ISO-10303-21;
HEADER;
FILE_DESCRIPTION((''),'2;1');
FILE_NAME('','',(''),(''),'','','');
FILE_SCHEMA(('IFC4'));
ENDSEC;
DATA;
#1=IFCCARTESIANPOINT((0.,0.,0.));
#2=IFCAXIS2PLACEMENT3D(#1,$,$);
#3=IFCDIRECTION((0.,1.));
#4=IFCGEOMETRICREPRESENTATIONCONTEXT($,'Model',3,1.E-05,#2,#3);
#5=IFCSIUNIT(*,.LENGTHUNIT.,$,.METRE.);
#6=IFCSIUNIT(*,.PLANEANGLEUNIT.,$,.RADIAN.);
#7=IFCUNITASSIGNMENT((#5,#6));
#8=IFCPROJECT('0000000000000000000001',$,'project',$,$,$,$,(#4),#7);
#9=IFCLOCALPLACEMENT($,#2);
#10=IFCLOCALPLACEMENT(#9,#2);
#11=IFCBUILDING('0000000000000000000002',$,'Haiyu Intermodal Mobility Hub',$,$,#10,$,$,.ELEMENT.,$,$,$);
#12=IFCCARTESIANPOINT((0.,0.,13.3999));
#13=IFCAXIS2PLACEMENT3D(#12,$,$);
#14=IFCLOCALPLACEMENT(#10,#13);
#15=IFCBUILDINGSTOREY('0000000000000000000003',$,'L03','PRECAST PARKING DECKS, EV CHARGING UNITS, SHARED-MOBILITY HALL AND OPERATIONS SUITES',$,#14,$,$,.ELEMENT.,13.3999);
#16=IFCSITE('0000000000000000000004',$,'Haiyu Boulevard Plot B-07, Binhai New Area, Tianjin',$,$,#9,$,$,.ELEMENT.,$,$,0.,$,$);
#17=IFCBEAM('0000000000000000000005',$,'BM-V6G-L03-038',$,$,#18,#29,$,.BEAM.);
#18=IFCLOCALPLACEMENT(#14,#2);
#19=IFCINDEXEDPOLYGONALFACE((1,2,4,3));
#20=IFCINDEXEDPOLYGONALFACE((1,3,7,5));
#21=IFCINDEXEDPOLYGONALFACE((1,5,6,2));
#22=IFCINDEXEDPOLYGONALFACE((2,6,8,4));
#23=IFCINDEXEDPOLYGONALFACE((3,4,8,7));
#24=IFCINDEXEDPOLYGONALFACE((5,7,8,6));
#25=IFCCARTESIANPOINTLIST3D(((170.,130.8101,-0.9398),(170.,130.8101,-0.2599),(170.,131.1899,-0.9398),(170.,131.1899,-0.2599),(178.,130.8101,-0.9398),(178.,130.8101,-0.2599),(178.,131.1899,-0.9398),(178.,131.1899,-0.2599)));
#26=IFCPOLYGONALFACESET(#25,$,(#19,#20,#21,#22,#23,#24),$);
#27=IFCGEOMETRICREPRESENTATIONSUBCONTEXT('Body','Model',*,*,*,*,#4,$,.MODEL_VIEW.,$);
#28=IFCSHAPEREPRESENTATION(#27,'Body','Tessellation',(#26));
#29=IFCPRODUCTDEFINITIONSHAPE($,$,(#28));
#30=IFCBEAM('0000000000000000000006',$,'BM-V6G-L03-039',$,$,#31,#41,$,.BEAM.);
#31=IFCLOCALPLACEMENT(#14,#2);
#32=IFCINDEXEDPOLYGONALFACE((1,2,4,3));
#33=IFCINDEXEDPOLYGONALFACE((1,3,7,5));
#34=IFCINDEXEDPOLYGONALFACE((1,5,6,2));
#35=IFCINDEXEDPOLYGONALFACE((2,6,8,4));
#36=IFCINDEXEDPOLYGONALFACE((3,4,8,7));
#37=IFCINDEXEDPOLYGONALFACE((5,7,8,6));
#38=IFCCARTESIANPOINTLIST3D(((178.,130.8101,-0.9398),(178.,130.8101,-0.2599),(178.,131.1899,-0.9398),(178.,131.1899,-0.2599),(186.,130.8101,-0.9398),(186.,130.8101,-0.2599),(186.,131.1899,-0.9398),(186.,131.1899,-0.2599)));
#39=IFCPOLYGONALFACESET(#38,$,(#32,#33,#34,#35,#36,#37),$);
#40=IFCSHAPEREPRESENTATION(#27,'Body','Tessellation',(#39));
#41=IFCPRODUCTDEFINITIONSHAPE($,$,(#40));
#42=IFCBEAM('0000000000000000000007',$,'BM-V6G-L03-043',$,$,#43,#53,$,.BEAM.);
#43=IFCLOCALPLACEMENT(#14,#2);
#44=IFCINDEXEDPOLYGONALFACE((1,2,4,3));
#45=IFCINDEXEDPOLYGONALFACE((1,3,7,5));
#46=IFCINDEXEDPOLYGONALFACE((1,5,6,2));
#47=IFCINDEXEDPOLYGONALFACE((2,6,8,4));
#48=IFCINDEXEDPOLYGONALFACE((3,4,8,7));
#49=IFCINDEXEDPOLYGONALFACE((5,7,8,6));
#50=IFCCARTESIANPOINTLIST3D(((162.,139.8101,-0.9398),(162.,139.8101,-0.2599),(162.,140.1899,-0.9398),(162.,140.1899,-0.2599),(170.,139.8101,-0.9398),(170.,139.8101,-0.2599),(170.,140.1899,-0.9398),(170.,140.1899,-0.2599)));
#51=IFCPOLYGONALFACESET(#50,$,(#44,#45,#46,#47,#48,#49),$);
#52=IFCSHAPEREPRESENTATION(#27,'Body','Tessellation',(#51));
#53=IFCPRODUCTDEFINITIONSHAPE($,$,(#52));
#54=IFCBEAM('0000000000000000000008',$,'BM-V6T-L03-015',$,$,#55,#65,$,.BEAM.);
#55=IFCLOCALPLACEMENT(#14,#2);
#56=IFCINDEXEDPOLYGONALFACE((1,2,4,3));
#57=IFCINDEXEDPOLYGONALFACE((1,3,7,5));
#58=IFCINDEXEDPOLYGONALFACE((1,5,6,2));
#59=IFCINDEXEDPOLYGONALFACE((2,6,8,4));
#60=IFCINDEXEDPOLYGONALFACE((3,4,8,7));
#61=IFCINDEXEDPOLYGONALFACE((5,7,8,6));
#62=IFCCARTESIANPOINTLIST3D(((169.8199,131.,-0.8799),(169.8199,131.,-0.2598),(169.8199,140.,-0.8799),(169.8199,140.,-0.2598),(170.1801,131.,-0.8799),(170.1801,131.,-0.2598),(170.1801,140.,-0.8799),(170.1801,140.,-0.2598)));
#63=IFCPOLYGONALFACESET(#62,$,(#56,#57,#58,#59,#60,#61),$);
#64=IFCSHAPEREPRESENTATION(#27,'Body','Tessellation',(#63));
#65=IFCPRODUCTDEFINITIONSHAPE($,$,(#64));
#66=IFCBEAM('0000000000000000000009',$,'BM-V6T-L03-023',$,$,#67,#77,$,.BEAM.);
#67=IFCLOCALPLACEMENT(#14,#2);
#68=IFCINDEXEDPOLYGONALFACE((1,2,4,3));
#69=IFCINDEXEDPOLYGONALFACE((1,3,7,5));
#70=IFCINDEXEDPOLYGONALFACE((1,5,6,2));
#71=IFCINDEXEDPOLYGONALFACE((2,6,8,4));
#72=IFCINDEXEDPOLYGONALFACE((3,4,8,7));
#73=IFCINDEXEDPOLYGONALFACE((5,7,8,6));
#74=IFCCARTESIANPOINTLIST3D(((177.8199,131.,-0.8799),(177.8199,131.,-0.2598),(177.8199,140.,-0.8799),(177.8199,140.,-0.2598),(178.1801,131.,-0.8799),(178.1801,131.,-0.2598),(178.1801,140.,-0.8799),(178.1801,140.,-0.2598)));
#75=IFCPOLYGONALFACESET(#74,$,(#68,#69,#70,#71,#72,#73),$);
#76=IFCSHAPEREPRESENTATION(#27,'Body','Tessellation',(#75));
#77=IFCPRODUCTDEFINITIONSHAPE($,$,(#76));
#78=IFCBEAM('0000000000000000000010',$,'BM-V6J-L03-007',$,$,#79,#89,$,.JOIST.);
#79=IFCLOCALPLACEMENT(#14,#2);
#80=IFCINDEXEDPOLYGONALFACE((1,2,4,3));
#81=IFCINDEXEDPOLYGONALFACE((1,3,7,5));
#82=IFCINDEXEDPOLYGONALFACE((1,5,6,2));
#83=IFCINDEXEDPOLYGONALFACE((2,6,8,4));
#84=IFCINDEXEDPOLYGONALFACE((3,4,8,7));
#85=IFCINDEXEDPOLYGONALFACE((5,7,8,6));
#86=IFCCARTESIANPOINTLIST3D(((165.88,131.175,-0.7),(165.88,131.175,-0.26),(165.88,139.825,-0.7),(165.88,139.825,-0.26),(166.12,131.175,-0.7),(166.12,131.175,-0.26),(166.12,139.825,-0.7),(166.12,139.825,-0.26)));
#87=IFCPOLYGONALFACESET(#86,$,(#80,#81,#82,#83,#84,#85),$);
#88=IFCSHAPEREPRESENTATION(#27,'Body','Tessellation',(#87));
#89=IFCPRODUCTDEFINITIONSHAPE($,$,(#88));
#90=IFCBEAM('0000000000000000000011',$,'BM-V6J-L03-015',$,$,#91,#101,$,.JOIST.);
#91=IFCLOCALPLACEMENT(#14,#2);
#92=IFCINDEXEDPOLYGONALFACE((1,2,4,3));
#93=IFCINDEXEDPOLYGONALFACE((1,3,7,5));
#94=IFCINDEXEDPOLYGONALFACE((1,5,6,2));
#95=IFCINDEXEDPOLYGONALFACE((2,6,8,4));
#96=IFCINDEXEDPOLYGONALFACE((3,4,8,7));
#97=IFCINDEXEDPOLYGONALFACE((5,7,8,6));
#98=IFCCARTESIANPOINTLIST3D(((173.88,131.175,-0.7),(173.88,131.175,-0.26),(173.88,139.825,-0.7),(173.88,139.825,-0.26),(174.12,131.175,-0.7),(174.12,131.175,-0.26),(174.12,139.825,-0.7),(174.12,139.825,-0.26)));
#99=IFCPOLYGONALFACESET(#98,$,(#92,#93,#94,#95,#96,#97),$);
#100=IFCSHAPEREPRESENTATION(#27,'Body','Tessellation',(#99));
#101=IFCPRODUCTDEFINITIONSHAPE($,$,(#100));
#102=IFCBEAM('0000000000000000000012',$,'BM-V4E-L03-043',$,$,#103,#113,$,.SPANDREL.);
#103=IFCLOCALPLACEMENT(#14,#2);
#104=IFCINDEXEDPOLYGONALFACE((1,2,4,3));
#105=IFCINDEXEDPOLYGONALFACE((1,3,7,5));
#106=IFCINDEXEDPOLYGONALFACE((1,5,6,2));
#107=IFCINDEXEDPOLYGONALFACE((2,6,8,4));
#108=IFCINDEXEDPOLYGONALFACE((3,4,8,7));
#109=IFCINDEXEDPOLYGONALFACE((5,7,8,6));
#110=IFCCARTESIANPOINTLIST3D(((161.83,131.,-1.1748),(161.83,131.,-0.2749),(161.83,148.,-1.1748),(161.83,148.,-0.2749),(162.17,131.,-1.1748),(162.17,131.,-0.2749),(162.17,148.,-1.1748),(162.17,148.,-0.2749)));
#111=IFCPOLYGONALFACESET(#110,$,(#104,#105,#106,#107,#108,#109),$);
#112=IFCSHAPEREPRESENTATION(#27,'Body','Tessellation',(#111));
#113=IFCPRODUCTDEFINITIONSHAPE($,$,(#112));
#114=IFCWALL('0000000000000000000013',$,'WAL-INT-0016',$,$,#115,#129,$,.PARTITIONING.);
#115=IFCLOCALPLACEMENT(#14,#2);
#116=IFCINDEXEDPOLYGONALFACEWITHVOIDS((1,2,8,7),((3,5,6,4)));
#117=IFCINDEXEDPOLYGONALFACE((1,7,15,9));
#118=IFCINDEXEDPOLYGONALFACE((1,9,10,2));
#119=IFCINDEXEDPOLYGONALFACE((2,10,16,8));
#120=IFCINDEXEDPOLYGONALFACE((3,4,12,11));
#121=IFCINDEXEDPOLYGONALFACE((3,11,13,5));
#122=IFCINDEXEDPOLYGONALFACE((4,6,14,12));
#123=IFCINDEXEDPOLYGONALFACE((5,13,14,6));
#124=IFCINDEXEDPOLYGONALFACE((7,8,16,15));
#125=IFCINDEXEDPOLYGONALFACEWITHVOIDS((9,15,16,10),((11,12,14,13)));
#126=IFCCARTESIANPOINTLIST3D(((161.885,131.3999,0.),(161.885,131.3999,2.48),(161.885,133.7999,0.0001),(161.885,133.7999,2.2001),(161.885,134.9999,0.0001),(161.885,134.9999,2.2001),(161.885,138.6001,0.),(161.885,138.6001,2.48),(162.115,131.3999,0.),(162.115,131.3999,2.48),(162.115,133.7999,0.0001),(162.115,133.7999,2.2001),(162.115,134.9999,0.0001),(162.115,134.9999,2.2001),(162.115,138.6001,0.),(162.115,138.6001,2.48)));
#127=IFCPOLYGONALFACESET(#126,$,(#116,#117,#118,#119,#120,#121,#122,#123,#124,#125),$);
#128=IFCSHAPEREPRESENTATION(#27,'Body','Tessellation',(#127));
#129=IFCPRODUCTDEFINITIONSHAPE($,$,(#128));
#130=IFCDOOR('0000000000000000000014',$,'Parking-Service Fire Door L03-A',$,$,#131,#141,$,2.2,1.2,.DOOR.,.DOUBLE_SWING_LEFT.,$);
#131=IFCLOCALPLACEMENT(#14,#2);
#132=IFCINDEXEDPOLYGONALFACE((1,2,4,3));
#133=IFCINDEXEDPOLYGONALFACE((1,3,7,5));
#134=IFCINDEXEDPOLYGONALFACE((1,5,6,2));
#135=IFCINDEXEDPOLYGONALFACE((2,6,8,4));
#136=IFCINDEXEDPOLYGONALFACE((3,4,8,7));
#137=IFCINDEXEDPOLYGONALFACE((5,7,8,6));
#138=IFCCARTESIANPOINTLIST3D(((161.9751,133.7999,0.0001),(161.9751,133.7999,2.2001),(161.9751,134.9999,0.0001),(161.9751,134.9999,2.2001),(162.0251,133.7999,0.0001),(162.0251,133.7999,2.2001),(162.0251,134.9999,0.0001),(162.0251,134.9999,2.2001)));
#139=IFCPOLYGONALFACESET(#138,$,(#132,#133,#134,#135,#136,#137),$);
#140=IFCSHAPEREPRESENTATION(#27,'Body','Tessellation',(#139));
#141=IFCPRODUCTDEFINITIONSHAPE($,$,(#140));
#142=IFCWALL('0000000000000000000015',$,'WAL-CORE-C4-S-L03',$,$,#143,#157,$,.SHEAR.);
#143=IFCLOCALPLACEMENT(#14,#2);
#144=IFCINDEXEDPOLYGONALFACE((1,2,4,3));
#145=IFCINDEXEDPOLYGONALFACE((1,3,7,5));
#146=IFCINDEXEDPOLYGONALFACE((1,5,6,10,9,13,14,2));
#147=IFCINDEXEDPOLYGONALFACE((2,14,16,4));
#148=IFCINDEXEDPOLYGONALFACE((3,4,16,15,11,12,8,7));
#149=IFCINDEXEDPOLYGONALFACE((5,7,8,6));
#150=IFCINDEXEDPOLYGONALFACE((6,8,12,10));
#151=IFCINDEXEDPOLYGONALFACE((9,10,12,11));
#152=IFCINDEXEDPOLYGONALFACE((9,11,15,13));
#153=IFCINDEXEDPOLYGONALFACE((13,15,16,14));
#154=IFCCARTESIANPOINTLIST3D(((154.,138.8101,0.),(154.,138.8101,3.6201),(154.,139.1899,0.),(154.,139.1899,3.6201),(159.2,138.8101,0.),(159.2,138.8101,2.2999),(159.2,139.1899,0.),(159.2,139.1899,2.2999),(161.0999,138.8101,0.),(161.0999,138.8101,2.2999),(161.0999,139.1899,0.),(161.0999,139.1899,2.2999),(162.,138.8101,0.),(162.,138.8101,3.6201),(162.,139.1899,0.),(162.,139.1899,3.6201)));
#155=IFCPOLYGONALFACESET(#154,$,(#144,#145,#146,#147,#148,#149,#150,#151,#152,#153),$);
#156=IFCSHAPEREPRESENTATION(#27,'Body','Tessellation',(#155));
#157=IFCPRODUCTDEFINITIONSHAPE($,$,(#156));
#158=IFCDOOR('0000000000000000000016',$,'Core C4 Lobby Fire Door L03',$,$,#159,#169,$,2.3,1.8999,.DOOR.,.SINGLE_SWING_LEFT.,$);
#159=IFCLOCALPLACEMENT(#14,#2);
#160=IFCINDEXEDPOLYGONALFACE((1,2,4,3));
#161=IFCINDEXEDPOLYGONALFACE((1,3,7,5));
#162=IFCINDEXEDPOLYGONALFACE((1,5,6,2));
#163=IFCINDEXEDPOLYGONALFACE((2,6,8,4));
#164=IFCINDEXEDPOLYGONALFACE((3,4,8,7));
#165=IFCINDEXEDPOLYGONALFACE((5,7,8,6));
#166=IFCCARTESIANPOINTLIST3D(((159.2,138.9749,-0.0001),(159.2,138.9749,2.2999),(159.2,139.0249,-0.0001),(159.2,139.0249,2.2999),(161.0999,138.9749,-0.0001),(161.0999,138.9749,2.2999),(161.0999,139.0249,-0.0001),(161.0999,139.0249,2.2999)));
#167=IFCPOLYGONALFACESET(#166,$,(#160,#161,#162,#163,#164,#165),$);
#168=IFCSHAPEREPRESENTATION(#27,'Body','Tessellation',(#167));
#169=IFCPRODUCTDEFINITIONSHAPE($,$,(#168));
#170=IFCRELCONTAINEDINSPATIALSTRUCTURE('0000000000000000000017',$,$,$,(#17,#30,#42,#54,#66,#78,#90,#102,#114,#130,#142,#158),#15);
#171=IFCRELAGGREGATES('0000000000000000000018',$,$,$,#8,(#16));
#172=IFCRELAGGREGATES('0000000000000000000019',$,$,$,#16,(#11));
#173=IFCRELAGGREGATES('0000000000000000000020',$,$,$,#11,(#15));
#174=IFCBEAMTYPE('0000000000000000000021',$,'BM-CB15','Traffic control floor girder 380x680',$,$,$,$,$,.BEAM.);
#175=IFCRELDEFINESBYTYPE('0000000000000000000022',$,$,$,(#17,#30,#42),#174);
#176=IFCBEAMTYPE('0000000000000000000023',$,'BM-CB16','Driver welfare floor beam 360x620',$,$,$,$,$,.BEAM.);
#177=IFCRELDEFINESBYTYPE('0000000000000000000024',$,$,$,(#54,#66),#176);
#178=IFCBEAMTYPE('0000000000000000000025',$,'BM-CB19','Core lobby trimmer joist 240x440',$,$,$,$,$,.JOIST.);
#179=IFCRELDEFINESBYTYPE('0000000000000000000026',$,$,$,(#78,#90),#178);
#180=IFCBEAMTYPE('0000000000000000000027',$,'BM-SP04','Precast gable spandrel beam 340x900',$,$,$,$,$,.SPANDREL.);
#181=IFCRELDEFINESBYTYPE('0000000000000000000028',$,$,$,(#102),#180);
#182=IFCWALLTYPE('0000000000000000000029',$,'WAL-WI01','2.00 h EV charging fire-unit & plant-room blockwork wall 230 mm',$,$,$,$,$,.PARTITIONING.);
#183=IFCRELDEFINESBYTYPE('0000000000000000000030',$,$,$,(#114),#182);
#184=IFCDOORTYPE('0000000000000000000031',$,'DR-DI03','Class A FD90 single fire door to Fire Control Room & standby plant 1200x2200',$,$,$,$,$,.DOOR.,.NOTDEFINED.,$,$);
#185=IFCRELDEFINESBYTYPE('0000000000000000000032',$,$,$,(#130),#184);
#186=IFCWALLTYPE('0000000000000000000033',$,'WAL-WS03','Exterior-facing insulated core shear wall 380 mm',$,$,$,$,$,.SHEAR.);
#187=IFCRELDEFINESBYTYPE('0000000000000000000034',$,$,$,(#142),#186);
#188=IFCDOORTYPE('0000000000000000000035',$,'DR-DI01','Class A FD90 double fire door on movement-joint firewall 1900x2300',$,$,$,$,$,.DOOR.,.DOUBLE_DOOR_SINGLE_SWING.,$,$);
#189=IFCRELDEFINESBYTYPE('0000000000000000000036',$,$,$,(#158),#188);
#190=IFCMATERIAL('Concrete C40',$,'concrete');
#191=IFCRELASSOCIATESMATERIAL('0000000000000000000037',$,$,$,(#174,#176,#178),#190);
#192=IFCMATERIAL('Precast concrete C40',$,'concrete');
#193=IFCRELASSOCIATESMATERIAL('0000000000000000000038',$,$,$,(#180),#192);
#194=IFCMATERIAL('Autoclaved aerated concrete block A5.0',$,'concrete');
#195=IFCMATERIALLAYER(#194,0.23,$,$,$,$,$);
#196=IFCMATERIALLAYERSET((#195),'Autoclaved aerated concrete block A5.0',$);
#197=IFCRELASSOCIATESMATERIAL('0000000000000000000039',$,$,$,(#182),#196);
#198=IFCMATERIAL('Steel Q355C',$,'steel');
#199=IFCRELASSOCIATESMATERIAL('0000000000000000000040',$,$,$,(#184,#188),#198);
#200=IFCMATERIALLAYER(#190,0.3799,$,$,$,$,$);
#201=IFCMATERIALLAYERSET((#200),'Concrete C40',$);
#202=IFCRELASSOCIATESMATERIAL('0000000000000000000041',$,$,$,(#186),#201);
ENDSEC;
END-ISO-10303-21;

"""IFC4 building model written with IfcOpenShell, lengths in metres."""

from ifc_helpers import new_model, si_unit, direction, frame, frame_2d, origin, origin_2d, place, context, subcontext, project, spatial, rectangle, extrude, material, layer, layer_set, material_profile, profile_set, type_object, element, fill, save


model = new_model("IFC4")

# Units and contexts
model_context = context("Model", 3, precision=1e-05, world=origin(), true_north=direction((0.0, 1.0)))
body_context = subcontext(model_context, "Body", "Model", "MODEL_VIEW")
ifc_project = project(units=[si_unit("LENGTHUNIT", "METRE"), si_unit("PLANEANGLEUNIT", "RADIAN")], contexts=[model_context])

# Site, building, storey
site_placement = place(None, origin())
site = spatial("IfcSite", under=ifc_project, at=site_placement, Name="Haiyu Boulevard Plot B-07, Binhai New Area, Tianjin", CompositionType="ELEMENT", RefElevation=0.0)
building_placement = place(site_placement, origin())
building = spatial("IfcBuilding", under=site, at=building_placement, Name="Haiyu Intermodal Mobility Hub", CompositionType="ELEMENT")
storey_placement = place(building_placement, frame((0.0, 0.0, 13.3999)))
storey = spatial("IfcBuildingStorey", under=building, at=storey_placement, Name="L03", Description="PRECAST PARKING DECKS, EV CHARGING UNITS, SHARED-MOBILITY HALL AND OPERATIONS SUITES", CompositionType="ELEMENT", Elevation=13.3999)

# Shared definitions
ifc_material_1 = material(Name="Precast concrete C40", Category="concrete")
ifc_material_2 = material(Name="Concrete C40", Category="concrete")
ifc_material_3 = material(Name="Steel Q355C", Category="steel")

# Beams
ifc_material_profile_1 = material_profile(ifc_material_2, rectangle(XDim=0.3799, YDim=0.6799, at=origin_2d()), Name="B380x680")
ifc_profile_set_1 = profile_set([ifc_material_profile_1], Name="Concrete C40")
beam_type_1 = type_object("IfcBeamType", Name="BM-CB15", Description="Traffic control floor girder 380x680", PredefinedType="BEAM", material=ifc_profile_set_1)
for number, where, z_axis, x_axis, name in (
    (1, (170.0, 131.0, -0.5999), (1.0, 0.0, 0.0), (0.0, 1.0, 0.0), "BM-V6G-L03-038"),
    (2, (178.0, 131.0, -0.5999), (1.0, 0.0, 0.0), (0.0, 1.0, 0.0), "BM-V6G-L03-039"),
    (3, (162.0, 140.0, -0.5999), (1.0, 0.0, 0.0), (0.0, 1.0, 0.0), "BM-V6G-L03-043"),
):
    element("IfcBeam", number, at=place(storey_placement, frame(where, z_axis=z_axis, x_axis=x_axis)), inside=storey, type_object=beam_type_1, Name=name, PredefinedType="BEAM", context=body_context, shape_type="SweptSolid", body=[
        extrude(rectangle(XDim=0.3799, YDim=0.6799, at=origin_2d()), origin(), (0.0, 0.0, 1.0), 8.0),
    ])
ifc_material_profile_2 = material_profile(ifc_material_2, rectangle(XDim=0.3601, YDim=0.6201, at=origin_2d()), Name="B360x620")
ifc_profile_set_2 = profile_set([ifc_material_profile_2], Name="Concrete C40")
beam_type_2 = type_object("IfcBeamType", Name="BM-CB16", Description="Driver welfare floor beam 360x620", PredefinedType="BEAM", material=ifc_profile_set_2)
for number, where, z_axis, x_axis, name in (
    (4, (170.0, 131.0, -0.5698), (0.0, 1.0, 0.0), (-1.0, 0.0, 0.0), "BM-V6T-L03-015"),
    (5, (178.0, 131.0, -0.5698), (0.0, 1.0, 0.0), (-1.0, 0.0, 0.0), "BM-V6T-L03-023"),
):
    element("IfcBeam", number, at=place(storey_placement, frame(where, z_axis=z_axis, x_axis=x_axis)), inside=storey, type_object=beam_type_2, Name=name, PredefinedType="BEAM", context=body_context, shape_type="SweptSolid", body=[
        extrude(rectangle(XDim=0.3601, YDim=0.6201, at=origin_2d()), origin(), (0.0, 0.0, 1.0), 9.0),
    ])
ifc_material_profile_3 = material_profile(ifc_material_2, rectangle(XDim=0.24, YDim=0.4399, at=origin_2d()), Name="B240x440")
ifc_profile_set_3 = profile_set([ifc_material_profile_3], Name="Concrete C40")
beam_type_3 = type_object("IfcBeamType", Name="BM-CB19", Description="Core lobby trimmer joist 240x440", PredefinedType="JOIST", material=ifc_profile_set_3)
for number, where, z_axis, x_axis, name in (
    (6, (166.0, 131.175, -0.48), (0.0, 1.0, 0.0), (-1.0, 0.0, 0.0), "BM-V6J-L03-007"),
    (7, (174.0, 131.175, -0.48), (0.0, 1.0, 0.0), (-1.0, 0.0, 0.0), "BM-V6J-L03-015"),
):
    element("IfcBeam", number, at=place(storey_placement, frame(where, z_axis=z_axis, x_axis=x_axis)), inside=storey, type_object=beam_type_3, Name=name, PredefinedType="JOIST", context=body_context, shape_type="SweptSolid", body=[
        extrude(rectangle(XDim=0.24, YDim=0.4399, at=origin_2d()), origin(), (0.0, 0.0, 1.0), 8.6499),
    ])
ifc_material_profile_4 = material_profile(ifc_material_1, rectangle(XDim=0.3401, YDim=0.8999, at=origin_2d()), Name="B340x900")
ifc_profile_set_4 = profile_set([ifc_material_profile_4], Name="Precast concrete C40")
beam_type_4 = type_object("IfcBeamType", Name="BM-SP04", Description="Precast gable spandrel beam 340x900", PredefinedType="SPANDREL", material=ifc_profile_set_4)
beam_placement = place(storey_placement, frame((162.0, 131.0, -0.7249), z_axis=(0.0, 1.0, 0.0), x_axis=(-1.0, 0.0, 0.0)))
element("IfcBeam", 8, at=beam_placement, inside=storey, type_object=beam_type_4, Name="BM-V4E-L03-043", PredefinedType="SPANDREL", context=body_context, shape_type="SweptSolid", body=[
    extrude(rectangle(XDim=0.3401, YDim=0.8999, at=origin_2d()), origin(), (0.0, 0.0, 1.0), 17.0),
])

# Walls, openings, doors
ifc_material_4 = material(Name="Autoclaved aerated concrete block A5.0", Category="concrete")
ifc_layer_1 = layer(ifc_material_4, 0.23)
ifc_layer_set_1 = layer_set([ifc_layer_1], Name="Autoclaved aerated concrete block A5.0")
wall_type_1 = type_object("IfcWallType", Name="WAL-WI01", Description="2.00 h EV charging fire-unit & plant-room blockwork wall 230 mm", PredefinedType="PARTITIONING", material=ifc_layer_set_1)
wall_1_placement = place(storey_placement, frame((162.0, 131.3999, 0.0), z_axis=(0.0, 0.0, 1.0), x_axis=(0.0, 1.0, 0.0)))
wall_1 = element("IfcWall", 9, at=wall_1_placement, inside=storey, type_object=wall_type_1, Name="WAL-INT-0016", PredefinedType="PARTITIONING", context=body_context, shape_type="SweptSolid", body=[
    extrude(rectangle(XDim=7.2002, YDim=0.23, at=frame_2d((3.6001, 0.0))), origin(), (0.0, 0.0, 1.0), 2.48),
])
opening_1_placement = place(wall_1_placement, frame((2.3999, 0.0, 0.0)))
opening_1 = element("IfcOpeningElement", 10, at=opening_1_placement, cuts=wall_1, PredefinedType="OPENING", context=body_context, shape_type="SweptSolid", body=[
    extrude(rectangle(XDim=1.2, YDim=2.2, at=frame_2d((0.6001, 1.1001))), frame((0.0, 0.125, 0.0), z_axis=(0.0, -1.0, 0.0), x_axis=(1.0, 0.0, 0.0)), (0.0, 0.0, 1.0), 0.25),
])
door_type_1 = type_object("IfcDoorType", Name="DR-DI03", Description="Class A FD90 single fire door to Fire Control Room & standby plant 1200x2200", OperationType="NOTDEFINED", PredefinedType="DOOR", material=ifc_material_3)
door_1_placement = place(opening_1_placement, origin())
door_1 = element("IfcDoor", 11, at=door_1_placement, inside=storey, type_object=door_type_1, Name="Parking-Service Fire Door L03-A", OperationType="DOUBLE_SWING_LEFT", OverallHeight=2.2, OverallWidth=1.2, PredefinedType="DOOR", context=body_context, shape_type="SweptSolid", body=[
    extrude(rectangle(XDim=1.2, YDim=2.2, at=frame_2d((0.6001, 1.1001))), frame((0.0, 0.0249, 0.0), z_axis=(0.0, -1.0, 0.0), x_axis=(1.0, 0.0, 0.0)), (0.0, 0.0, 1.0), 0.05),
])
fill(opening_1, door_1)
ifc_layer_2 = layer(ifc_material_2, 0.3799)
ifc_layer_set_2 = layer_set([ifc_layer_2], Name="Concrete C40")
wall_type_2 = type_object("IfcWallType", Name="WAL-WS03", Description="Exterior-facing insulated core shear wall 380 mm", PredefinedType="SHEAR", material=ifc_layer_set_2)
wall_2_placement = place(storey_placement, frame((154.0, 139.0, 0.0), z_axis=(0.0, 0.0, 1.0), x_axis=(1.0, 0.0, 0.0)))
wall_2 = element("IfcWall", 12, at=wall_2_placement, inside=storey, type_object=wall_type_2, Name="WAL-CORE-C4-S-L03", PredefinedType="SHEAR", context=body_context, shape_type="SweptSolid", body=[
    extrude(rectangle(XDim=8.0, YDim=0.3799, at=frame_2d((4.0, 0.0))), origin(), (0.0, 0.0, 1.0), 3.6201),
])
opening_2_placement = place(wall_2_placement, frame((5.2, 0.0, 0.0)))
opening_2 = element("IfcOpeningElement", 13, at=opening_2_placement, cuts=wall_2, PredefinedType="OPENING", context=body_context, shape_type="SweptSolid", body=[
    extrude(rectangle(XDim=1.8999, YDim=2.3, at=frame_2d((0.95, 1.1499))), frame((0.0, 0.2, 0.0), z_axis=(0.0, -1.0, 0.0), x_axis=(1.0, 0.0, 0.0)), (0.0, 0.0, 1.0), 0.3999),
])
door_type_2 = type_object("IfcDoorType", Name="DR-DI01", Description="Class A FD90 double fire door on movement-joint firewall 1900x2300", OperationType="DOUBLE_DOOR_SINGLE_SWING", PredefinedType="DOOR", material=ifc_material_3)
door_2_placement = place(opening_2_placement, origin())
door_2 = element("IfcDoor", 14, at=door_2_placement, inside=storey, type_object=door_type_2, Name="Core C4 Lobby Fire Door L03", OperationType="SINGLE_SWING_LEFT", OverallHeight=2.3, OverallWidth=1.8999, PredefinedType="DOOR", context=body_context, shape_type="SweptSolid", body=[
    extrude(rectangle(XDim=1.8999, YDim=2.3, at=frame_2d((0.95, 1.1499))), frame((0.0, 0.0249, 0.0), z_axis=(0.0, -1.0, 0.0), x_axis=(1.0, 0.0, 0.0)), (0.0, 0.0, 1.0), 0.05),
])
fill(opening_2, door_2)

save(model, "model.ifc")
